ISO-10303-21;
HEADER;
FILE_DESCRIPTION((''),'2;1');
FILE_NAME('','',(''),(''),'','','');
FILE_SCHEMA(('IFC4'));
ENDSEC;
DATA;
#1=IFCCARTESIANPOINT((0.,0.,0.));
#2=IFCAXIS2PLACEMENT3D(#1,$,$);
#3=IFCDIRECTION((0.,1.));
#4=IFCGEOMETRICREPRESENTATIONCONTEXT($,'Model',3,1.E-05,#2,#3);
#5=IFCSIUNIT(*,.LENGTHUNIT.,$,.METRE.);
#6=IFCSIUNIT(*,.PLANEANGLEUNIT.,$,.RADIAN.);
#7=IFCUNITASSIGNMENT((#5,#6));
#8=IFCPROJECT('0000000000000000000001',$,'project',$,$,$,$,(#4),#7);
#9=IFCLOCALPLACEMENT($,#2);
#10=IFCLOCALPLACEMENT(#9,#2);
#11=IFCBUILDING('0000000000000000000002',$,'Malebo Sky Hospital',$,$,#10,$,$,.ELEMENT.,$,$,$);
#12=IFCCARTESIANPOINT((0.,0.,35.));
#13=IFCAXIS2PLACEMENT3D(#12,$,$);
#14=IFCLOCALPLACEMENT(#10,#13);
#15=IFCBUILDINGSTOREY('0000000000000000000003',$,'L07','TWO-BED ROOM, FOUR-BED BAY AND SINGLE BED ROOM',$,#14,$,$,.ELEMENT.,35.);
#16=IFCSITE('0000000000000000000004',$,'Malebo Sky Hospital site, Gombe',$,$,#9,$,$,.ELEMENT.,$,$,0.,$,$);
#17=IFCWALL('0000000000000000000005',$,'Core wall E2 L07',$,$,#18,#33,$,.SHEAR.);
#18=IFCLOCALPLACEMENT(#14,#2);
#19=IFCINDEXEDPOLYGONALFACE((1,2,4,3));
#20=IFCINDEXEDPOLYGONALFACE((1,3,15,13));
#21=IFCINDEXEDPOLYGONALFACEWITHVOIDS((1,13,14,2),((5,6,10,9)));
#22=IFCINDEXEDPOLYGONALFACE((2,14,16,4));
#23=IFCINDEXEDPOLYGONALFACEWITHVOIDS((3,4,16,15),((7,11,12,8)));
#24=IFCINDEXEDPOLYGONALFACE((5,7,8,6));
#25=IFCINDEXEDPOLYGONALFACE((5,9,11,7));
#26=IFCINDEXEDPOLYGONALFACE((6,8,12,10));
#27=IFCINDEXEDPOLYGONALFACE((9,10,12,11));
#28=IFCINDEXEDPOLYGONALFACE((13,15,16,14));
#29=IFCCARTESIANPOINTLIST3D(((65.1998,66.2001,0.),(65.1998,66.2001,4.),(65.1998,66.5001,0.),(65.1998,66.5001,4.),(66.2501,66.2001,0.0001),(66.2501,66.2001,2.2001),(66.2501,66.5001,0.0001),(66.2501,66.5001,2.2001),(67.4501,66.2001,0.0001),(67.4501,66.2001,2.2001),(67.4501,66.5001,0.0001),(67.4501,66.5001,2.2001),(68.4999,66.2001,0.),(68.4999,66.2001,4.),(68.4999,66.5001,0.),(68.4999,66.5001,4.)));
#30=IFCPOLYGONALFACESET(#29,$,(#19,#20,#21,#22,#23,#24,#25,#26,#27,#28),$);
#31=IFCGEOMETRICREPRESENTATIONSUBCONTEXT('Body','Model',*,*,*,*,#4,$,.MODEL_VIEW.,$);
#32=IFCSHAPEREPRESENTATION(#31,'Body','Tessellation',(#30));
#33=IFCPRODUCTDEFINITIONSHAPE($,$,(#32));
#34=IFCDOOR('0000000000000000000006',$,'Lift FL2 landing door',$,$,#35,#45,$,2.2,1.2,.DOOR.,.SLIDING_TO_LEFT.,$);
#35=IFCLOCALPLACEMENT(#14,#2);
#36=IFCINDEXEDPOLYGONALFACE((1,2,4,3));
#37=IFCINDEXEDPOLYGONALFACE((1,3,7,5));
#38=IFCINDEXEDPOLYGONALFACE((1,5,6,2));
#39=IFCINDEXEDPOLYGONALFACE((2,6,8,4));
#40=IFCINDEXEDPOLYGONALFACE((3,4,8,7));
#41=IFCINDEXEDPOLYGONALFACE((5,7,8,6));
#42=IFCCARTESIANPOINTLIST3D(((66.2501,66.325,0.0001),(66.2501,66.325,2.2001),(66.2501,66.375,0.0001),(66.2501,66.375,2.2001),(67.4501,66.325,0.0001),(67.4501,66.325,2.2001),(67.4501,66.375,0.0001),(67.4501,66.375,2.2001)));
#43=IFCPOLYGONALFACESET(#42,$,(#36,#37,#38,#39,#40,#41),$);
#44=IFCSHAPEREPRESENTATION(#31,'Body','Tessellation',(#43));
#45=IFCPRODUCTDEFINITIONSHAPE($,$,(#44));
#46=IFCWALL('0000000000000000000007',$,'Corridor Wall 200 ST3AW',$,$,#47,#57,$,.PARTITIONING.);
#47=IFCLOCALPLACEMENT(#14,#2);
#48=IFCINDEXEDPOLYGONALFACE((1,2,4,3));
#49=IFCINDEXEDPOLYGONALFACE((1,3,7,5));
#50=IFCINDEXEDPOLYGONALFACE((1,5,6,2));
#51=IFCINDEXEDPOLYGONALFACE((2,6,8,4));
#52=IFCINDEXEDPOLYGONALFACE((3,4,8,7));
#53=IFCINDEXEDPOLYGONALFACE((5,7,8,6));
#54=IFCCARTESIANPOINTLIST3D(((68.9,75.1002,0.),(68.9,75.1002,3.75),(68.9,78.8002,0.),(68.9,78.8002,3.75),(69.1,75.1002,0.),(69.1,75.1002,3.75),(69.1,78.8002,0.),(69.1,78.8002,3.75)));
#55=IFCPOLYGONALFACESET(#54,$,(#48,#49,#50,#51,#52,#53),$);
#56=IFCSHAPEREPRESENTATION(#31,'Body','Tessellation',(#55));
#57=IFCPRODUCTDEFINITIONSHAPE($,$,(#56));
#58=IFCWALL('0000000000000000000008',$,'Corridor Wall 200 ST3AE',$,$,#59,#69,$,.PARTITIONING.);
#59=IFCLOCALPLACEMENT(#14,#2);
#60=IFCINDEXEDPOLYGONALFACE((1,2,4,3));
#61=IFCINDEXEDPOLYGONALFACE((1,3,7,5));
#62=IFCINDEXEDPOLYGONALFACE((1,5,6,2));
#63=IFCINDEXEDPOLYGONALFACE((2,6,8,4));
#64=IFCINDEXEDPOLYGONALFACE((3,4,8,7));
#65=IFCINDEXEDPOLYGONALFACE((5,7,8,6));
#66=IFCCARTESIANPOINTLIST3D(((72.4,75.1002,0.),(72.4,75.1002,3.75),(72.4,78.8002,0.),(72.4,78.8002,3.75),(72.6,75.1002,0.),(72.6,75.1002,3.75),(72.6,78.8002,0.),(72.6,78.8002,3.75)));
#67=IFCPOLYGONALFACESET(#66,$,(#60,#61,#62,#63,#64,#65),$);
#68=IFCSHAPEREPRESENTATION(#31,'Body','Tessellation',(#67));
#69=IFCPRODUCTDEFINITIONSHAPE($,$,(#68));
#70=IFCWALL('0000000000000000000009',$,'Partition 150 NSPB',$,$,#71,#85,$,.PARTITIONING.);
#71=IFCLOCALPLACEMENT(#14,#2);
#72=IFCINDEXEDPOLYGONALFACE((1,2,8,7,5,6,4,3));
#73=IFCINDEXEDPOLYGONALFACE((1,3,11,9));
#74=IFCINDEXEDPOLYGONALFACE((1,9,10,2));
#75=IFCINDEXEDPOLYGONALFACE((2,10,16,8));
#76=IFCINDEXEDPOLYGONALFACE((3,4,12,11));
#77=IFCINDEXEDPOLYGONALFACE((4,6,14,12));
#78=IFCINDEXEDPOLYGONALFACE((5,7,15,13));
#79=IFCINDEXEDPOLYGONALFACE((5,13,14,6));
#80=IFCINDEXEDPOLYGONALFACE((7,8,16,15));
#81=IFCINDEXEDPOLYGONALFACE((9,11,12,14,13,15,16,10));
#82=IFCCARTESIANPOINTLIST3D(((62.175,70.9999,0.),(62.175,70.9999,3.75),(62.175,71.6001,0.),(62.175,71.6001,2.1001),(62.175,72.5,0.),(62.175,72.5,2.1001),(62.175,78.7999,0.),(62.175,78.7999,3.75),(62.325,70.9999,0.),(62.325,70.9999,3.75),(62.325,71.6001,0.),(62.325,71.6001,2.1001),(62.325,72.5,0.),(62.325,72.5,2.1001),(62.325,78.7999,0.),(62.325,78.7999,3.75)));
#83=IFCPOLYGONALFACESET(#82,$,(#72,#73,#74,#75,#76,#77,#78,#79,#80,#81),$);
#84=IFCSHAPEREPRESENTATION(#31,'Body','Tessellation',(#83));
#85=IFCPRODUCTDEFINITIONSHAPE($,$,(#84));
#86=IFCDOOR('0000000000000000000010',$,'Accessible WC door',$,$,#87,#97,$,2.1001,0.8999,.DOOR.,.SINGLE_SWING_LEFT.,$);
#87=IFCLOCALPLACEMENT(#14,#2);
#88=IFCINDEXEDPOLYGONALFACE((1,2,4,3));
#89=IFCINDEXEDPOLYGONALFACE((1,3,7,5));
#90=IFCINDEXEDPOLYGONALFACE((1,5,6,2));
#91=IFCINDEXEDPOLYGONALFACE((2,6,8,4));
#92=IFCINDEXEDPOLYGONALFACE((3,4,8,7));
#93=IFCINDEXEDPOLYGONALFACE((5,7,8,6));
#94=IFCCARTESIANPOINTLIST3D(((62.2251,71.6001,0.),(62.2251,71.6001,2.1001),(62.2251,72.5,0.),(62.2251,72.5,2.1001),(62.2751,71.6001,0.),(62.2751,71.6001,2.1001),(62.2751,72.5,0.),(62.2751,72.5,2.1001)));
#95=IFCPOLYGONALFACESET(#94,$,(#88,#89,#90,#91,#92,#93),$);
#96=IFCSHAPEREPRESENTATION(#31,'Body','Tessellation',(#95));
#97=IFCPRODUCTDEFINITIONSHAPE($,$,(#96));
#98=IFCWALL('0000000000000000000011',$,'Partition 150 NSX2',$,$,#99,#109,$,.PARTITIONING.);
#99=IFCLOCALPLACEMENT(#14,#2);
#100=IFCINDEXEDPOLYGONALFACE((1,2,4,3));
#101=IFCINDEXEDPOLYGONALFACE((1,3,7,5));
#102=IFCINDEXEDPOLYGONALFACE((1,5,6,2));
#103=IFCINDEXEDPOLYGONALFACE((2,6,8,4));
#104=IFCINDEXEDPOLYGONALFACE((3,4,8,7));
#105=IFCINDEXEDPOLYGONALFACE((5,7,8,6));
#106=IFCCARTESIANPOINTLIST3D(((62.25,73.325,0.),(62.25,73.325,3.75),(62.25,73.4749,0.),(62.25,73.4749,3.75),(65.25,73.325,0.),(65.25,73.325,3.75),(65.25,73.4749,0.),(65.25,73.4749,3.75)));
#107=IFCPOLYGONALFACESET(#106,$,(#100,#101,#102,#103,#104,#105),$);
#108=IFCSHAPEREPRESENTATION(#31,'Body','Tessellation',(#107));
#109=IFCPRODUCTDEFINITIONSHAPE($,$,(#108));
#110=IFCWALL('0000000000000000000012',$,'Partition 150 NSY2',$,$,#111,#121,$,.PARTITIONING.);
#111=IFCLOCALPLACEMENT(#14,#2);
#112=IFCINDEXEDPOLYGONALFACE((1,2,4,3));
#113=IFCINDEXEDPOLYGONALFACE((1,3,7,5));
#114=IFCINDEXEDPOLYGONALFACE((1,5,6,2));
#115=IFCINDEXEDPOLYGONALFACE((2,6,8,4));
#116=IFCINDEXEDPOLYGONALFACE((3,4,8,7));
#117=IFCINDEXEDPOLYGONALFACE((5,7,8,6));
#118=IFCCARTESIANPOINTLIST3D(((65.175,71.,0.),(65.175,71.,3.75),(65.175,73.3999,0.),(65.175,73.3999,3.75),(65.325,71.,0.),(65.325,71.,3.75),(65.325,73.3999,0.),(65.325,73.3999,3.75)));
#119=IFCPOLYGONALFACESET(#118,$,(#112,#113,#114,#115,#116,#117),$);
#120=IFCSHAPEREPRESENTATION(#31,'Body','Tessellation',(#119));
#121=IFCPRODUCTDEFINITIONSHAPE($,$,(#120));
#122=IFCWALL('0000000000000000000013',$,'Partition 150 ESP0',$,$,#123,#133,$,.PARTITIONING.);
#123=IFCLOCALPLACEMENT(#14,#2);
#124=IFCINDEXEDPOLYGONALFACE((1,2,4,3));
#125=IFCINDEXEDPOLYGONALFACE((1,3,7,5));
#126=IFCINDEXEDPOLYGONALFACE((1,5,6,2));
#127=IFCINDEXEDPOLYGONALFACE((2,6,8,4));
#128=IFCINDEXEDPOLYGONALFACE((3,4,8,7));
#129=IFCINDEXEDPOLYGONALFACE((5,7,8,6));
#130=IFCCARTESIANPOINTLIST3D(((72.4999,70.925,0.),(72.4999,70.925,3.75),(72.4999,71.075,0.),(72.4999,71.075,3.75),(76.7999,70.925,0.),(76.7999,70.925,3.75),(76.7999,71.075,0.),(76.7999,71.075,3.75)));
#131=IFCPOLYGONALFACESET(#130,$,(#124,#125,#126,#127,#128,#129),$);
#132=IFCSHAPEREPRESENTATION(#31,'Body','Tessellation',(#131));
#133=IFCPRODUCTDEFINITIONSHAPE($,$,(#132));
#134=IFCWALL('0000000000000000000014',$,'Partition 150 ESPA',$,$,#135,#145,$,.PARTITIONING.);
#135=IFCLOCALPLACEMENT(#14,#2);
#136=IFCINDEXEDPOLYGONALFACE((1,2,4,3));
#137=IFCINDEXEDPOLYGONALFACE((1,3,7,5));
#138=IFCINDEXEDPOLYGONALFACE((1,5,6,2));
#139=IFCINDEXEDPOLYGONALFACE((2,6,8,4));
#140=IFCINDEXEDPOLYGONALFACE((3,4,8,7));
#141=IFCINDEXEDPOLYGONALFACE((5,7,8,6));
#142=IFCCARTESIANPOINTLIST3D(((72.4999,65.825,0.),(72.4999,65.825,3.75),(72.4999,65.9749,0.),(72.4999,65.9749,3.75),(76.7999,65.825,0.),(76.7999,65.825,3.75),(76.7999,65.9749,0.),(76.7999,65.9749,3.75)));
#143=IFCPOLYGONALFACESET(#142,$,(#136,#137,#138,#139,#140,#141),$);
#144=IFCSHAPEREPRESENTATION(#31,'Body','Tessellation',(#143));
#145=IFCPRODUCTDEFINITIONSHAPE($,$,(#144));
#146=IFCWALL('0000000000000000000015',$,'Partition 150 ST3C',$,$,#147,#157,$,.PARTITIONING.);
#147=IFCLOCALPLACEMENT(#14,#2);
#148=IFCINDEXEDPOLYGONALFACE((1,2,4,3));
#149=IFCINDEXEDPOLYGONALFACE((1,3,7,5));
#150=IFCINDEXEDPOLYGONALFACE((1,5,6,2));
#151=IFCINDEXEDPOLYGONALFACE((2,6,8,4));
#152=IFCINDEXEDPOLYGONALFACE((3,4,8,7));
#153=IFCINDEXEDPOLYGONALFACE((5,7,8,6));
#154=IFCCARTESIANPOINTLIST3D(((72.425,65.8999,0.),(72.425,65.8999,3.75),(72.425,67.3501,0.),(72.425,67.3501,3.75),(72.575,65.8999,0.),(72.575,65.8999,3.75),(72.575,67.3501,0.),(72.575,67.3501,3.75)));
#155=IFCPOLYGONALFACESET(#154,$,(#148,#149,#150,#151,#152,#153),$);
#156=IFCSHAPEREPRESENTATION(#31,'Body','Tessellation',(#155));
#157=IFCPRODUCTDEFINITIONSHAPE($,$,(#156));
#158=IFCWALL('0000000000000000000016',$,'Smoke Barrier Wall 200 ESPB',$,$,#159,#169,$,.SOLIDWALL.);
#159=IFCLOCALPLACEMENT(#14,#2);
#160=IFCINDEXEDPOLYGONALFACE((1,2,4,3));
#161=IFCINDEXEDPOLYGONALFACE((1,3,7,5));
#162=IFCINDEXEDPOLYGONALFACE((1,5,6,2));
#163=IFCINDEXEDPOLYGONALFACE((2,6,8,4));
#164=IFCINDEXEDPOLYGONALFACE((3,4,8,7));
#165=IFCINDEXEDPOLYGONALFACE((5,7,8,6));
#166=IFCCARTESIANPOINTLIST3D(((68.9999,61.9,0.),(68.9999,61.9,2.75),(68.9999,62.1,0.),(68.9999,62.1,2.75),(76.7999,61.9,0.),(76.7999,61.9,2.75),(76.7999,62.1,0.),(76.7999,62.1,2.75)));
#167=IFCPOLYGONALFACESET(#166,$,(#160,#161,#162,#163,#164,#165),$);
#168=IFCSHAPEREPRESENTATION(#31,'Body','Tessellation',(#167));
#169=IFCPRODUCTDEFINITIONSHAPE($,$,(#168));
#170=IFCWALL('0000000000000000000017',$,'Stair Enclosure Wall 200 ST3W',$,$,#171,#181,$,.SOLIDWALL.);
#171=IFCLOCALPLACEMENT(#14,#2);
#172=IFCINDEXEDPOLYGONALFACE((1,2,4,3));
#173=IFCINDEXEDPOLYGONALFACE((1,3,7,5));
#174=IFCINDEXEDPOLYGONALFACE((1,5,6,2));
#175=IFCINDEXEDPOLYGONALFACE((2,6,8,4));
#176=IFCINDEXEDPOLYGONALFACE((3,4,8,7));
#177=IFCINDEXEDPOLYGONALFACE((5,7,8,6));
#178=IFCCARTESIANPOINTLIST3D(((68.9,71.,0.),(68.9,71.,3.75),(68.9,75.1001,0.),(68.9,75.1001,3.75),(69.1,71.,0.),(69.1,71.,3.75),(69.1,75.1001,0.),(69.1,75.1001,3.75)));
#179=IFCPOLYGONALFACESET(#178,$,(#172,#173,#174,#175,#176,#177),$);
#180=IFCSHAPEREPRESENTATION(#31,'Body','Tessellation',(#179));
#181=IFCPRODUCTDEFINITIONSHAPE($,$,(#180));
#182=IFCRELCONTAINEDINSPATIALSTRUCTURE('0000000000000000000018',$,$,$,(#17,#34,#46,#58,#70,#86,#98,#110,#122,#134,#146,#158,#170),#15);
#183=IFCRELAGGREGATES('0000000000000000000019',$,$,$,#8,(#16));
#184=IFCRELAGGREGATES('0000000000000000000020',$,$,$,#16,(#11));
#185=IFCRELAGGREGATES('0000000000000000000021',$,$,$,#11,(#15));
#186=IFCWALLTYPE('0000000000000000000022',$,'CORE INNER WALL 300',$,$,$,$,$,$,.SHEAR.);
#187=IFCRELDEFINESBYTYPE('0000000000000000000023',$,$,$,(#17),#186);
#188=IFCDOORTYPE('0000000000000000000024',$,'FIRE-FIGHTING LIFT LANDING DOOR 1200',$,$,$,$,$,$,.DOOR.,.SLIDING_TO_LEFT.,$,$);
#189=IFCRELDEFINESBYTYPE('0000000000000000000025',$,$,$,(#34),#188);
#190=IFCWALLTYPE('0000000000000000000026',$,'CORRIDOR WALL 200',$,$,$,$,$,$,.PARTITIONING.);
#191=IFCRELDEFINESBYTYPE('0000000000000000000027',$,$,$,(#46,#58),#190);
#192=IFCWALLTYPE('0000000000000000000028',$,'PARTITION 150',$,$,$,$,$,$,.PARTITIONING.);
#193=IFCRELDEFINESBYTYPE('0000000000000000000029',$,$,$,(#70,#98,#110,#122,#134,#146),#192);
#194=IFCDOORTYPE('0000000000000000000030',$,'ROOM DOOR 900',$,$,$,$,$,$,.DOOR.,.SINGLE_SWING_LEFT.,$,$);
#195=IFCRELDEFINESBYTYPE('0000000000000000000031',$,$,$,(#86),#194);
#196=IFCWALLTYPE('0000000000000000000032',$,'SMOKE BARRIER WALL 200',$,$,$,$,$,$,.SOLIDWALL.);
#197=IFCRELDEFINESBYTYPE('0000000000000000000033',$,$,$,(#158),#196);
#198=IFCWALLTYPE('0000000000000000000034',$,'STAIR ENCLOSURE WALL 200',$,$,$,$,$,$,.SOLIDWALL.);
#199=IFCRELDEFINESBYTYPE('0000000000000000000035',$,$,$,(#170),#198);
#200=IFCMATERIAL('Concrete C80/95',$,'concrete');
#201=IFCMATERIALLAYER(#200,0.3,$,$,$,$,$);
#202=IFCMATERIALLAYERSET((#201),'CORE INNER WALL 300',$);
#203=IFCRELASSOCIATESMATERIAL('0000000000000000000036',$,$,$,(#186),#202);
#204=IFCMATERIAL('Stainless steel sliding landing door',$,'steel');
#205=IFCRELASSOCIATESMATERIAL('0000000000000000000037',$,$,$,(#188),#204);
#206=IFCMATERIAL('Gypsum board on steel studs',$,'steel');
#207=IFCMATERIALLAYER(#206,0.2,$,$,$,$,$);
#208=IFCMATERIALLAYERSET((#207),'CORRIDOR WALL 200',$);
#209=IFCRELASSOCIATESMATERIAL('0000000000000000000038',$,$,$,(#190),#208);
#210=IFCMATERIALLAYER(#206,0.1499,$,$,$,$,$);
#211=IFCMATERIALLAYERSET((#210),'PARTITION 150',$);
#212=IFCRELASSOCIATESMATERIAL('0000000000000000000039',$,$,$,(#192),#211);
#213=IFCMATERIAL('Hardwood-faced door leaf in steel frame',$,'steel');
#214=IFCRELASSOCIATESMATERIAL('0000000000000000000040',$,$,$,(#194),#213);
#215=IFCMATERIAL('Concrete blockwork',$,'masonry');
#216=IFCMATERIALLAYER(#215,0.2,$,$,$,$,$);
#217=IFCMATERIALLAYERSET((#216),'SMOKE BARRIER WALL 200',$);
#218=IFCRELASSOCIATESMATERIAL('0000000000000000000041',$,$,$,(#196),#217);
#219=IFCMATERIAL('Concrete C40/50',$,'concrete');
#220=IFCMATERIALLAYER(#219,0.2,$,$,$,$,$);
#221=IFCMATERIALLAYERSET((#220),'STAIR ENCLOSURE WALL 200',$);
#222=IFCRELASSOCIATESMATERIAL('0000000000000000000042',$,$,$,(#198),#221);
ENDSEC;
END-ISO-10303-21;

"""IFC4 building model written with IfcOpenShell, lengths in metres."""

from ifc_helpers import new_model, si_unit, direction, frame, frame_2d, origin, place, context, subcontext, project, spatial, rectangle, extrude, material, layer, layer_set, type_object, element, fill, save


model = new_model("IFC4")

# Units and contexts
model_context = context("Model", 3, precision=1e-05, world=origin(), true_north=direction((0.0, 1.0)))
body_context = subcontext(model_context, "Body", "Model", "MODEL_VIEW")
ifc_project = project(units=[si_unit("LENGTHUNIT", "METRE"), si_unit("PLANEANGLEUNIT", "RADIAN")], contexts=[model_context])

# Site, building, storey
site_placement = place(None, origin())
site = spatial("IfcSite", under=ifc_project, at=site_placement, Name="Malebo Sky Hospital site, Gombe", CompositionType="ELEMENT", RefElevation=0.0)
building_placement = place(site_placement, origin())
building = spatial("IfcBuilding", under=site, at=building_placement, Name="Malebo Sky Hospital", CompositionType="ELEMENT")
storey_placement = place(building_placement, frame((0.0, 0.0, 35.0)))
storey = spatial("IfcBuildingStorey", under=building, at=storey_placement, Name="L07", Description="TWO-BED ROOM, FOUR-BED BAY AND SINGLE BED ROOM", CompositionType="ELEMENT", Elevation=35.0)

# Shared definitions
ifc_material_1 = material(Name="Concrete C80/95", Category="concrete")

# Wall, opening, door
ifc_layer_1 = layer(ifc_material_1, 0.3)
ifc_layer_set_1 = layer_set([ifc_layer_1], Name="CORE INNER WALL 300")
wall_type_1 = type_object("IfcWallType", Name="CORE INNER WALL 300", PredefinedType="SHEAR", material=ifc_layer_set_1)
wall_1_placement = place(storey_placement, frame((65.2, 66.3501, 0.0), z_axis=(0.0, 0.0, 1.0), x_axis=(1.0, 0.0, 0.0)))
wall_1 = element("IfcWall", 1, at=wall_1_placement, inside=storey, type_object=wall_type_1, Name="Core wall E2 L07", PredefinedType="SHEAR", context=body_context, shape_type="SweptSolid", body=[
    extrude(rectangle(XDim=3.3, YDim=0.3, at=frame_2d((1.6499, 0.0))), origin(), (0.0, 0.0, 1.0), 4.0),
])
opening_1_placement = place(wall_1_placement, frame((1.05, 0.0, 0.0)))
opening_1 = element("IfcOpeningElement", 2, at=opening_1_placement, cuts=wall_1, PredefinedType="OPENING", context=body_context, shape_type="SweptSolid", body=[
    extrude(rectangle(XDim=1.2, YDim=2.2, at=frame_2d((0.6001, 1.1001))), frame((0.0, 0.1599, 0.0), z_axis=(0.0, -1.0, 0.0), x_axis=(1.0, 0.0, 0.0)), (0.0, 0.0, 1.0), 0.3201),
])
ifc_material_2 = material(Name="Stainless steel sliding landing door", Category="steel")
door_type_1 = type_object("IfcDoorType", Name="FIRE-FIGHTING LIFT LANDING DOOR 1200", OperationType="SLIDING_TO_LEFT", PredefinedType="DOOR", material=ifc_material_2)
door_1_placement = place(opening_1_placement, origin())
door_1 = element("IfcDoor", 3, at=door_1_placement, inside=storey, type_object=door_type_1, Name="Lift FL2 landing door", OperationType="SLIDING_TO_LEFT", OverallHeight=2.2, OverallWidth=1.2, PredefinedType="DOOR", context=body_context, shape_type="SweptSolid", body=[
    extrude(rectangle(XDim=1.2, YDim=2.2, at=frame_2d((0.6001, 1.1001))), frame((0.0, 0.0249, 0.0), z_axis=(0.0, -1.0, 0.0), x_axis=(1.0, 0.0, 0.0)), (0.0, 0.0, 1.0), 0.05),
])
fill(opening_1, door_1)

# Walls
ifc_material_3 = material(Name="Gypsum board on steel studs", Category="steel")
ifc_layer_2 = layer(ifc_material_3, 0.2)
ifc_layer_set_2 = layer_set([ifc_layer_2], Name="CORRIDOR WALL 200")
wall_type_2 = type_object("IfcWallType", Name="CORRIDOR WALL 200", PredefinedType="PARTITIONING", material=ifc_layer_set_2)
for number, where, z_axis, x_axis, name in (
    (4, (69.0, 75.1001, 0.0), (0.0, 0.0, 1.0), (0.0, 1.0, 0.0), "Corridor Wall 200 ST3AW"),
    (5, (72.5, 75.1001, 0.0), (0.0, 0.0, 1.0), (0.0, 1.0, 0.0), "Corridor Wall 200 ST3AE"),
):
    element("IfcWall", number, at=place(storey_placement, frame(where, z_axis=z_axis, x_axis=x_axis)), inside=storey, type_object=wall_type_2, Name=name, PredefinedType="PARTITIONING", context=body_context, shape_type="SweptSolid", body=[
        extrude(rectangle(XDim=3.7, YDim=0.2, at=frame_2d((1.8501, 0.0))), origin(), (0.0, 0.0, 1.0), 3.75),
    ])

# Wall, opening, door
ifc_layer_3 = layer(ifc_material_3, 0.1499)
ifc_layer_set_3 = layer_set([ifc_layer_3], Name="PARTITION 150")
wall_type_3 = type_object("IfcWallType", Name="PARTITION 150", PredefinedType="PARTITIONING", material=ifc_layer_set_3)
wall_2_placement = place(storey_placement, frame((62.25, 71.0, 0.0), z_axis=(0.0, 0.0, 1.0), x_axis=(0.0, 1.0, 0.0)))
wall_2 = element("IfcWall", 6, at=wall_2_placement, inside=storey, type_object=wall_type_3, Name="Partition 150 NSPB", PredefinedType="PARTITIONING", context=body_context, shape_type="SweptSolid", body=[
    extrude(rectangle(XDim=7.8, YDim=0.1499, at=frame_2d((3.8999, 0.0))), origin(), (0.0, 0.0, 1.0), 3.75),
])
opening_2_placement = place(wall_2_placement, frame((0.6001, 0.0, 0.0)))
opening_2 = element("IfcOpeningElement", 7, at=opening_2_placement, cuts=wall_2, PredefinedType="OPENING", context=body_context, shape_type="SweptSolid", body=[
    extrude(rectangle(XDim=0.8999, YDim=2.1001, at=frame_2d((0.45, 1.05))), frame((0.0, 0.085, 0.0), z_axis=(0.0, -1.0, 0.0), x_axis=(1.0, 0.0, 0.0)), (0.0, 0.0, 1.0), 0.1699),
])
ifc_material_4 = material(Name="Hardwood-faced door leaf in steel frame", Category="steel")
door_type_2 = type_object("IfcDoorType", Name="ROOM DOOR 900", OperationType="SINGLE_SWING_LEFT", PredefinedType="DOOR", material=ifc_material_4)
door_2_placement = place(opening_2_placement, origin())
door_2 = element("IfcDoor", 8, at=door_2_placement, inside=storey, type_object=door_type_2, Name="Accessible WC door", OperationType="SINGLE_SWING_LEFT", OverallHeight=2.1001, OverallWidth=0.8999, PredefinedType="DOOR", context=body_context, shape_type="SweptSolid", body=[
    extrude(rectangle(XDim=0.8999, YDim=2.1001, at=frame_2d((0.45, 1.05))), frame((0.0, 0.0249, 0.0), z_axis=(0.0, -1.0, 0.0), x_axis=(1.0, 0.0, 0.0)), (0.0, 0.0, 1.0), 0.05),
])
fill(opening_2, door_2)

# Walls
wall_3_placement = place(storey_placement, frame((62.25, 73.3999, 0.0), z_axis=(0.0, 0.0, 1.0), x_axis=(1.0, 0.0, 0.0)))
element("IfcWall", 9, at=wall_3_placement, inside=storey, type_object=wall_type_3, Name="Partition 150 NSX2", PredefinedType="PARTITIONING", context=body_context, shape_type="SweptSolid", body=[
    extrude(rectangle(XDim=3.0, YDim=0.1499, at=frame_2d((1.5, 0.0))), origin(), (0.0, 0.0, 1.0), 3.75),
])
wall_4_placement = place(storey_placement, frame((65.25, 71.0, 0.0), z_axis=(0.0, 0.0, 1.0), x_axis=(0.0, 1.0, 0.0)))
element("IfcWall", 10, at=wall_4_placement, inside=storey, type_object=wall_type_3, Name="Partition 150 NSY2", PredefinedType="PARTITIONING", context=body_context, shape_type="SweptSolid", body=[
    extrude(rectangle(XDim=2.3999, YDim=0.1499, at=frame_2d((1.2, 0.0))), origin(), (0.0, 0.0, 1.0), 3.75),
])
for number, where, z_axis, x_axis, name in (
    (11, (72.5, 71.0, 0.0), (0.0, 0.0, 1.0), (1.0, 0.0, 0.0), "Partition 150 ESP0"),
    (12, (72.5, 65.8999, 0.0), (0.0, 0.0, 1.0), (1.0, 0.0, 0.0), "Partition 150 ESPA"),
):
    element("IfcWall", number, at=place(storey_placement, frame(where, z_axis=z_axis, x_axis=x_axis)), inside=storey, type_object=wall_type_3, Name=name, PredefinedType="PARTITIONING", context=body_context, shape_type="SweptSolid", body=[
        extrude(rectangle(XDim=4.3, YDim=0.1499, at=frame_2d((2.1499, 0.0))), origin(), (0.0, 0.0, 1.0), 3.75),
    ])
wall_5_placement = place(storey_placement, frame((72.5, 65.8999, 0.0), z_axis=(0.0, 0.0, 1.0), x_axis=(0.0, 1.0, 0.0)))
element("IfcWall", 13, at=wall_5_placement, inside=storey, type_object=wall_type_3, Name="Partition 150 ST3C", PredefinedType="PARTITIONING", context=body_context, shape_type="SweptSolid", body=[
    extrude(rectangle(XDim=1.4502, YDim=0.1499, at=frame_2d((0.7251, 0.0))), origin(), (0.0, 0.0, 1.0), 3.75),
])
ifc_material_5 = material(Name="Concrete blockwork", Category="masonry")
ifc_layer_4 = layer(ifc_material_5, 0.2)
ifc_layer_set_4 = layer_set([ifc_layer_4], Name="SMOKE BARRIER WALL 200")
wall_type_4 = type_object("IfcWallType", Name="SMOKE BARRIER WALL 200", PredefinedType="SOLIDWALL", material=ifc_layer_set_4)
wall_6_placement = place(storey_placement, frame((69.0, 62.0, 0.0), z_axis=(0.0, 0.0, 1.0), x_axis=(1.0, 0.0, 0.0)))
element("IfcWall", 14, at=wall_6_placement, inside=storey, type_object=wall_type_4, Name="Smoke Barrier Wall 200 ESPB", PredefinedType="SOLIDWALL", context=body_context, shape_type="SweptSolid", body=[
    extrude(rectangle(XDim=7.8, YDim=0.2, at=frame_2d((3.8999, 0.0))), origin(), (0.0, 0.0, 1.0), 2.75),
])
ifc_material_6 = material(Name="Concrete C40/50", Category="concrete")
ifc_layer_5 = layer(ifc_material_6, 0.2)
ifc_layer_set_5 = layer_set([ifc_layer_5], Name="STAIR ENCLOSURE WALL 200")
wall_type_5 = type_object("IfcWallType", Name="STAIR ENCLOSURE WALL 200", PredefinedType="SOLIDWALL", material=ifc_layer_set_5)
wall_7_placement = place(storey_placement, frame((69.0, 71.0, 0.0), z_axis=(0.0, 0.0, 1.0), x_axis=(0.0, 1.0, 0.0)))
element("IfcWall", 15, at=wall_7_placement, inside=storey, type_object=wall_type_5, Name="Stair Enclosure Wall 200 ST3W", PredefinedType="SOLIDWALL", context=body_context, shape_type="SweptSolid", body=[
    extrude(rectangle(XDim=4.1001, YDim=0.2, at=frame_2d((2.05, 0.0))), origin(), (0.0, 0.0, 1.0), 3.75),
])

save(model, "model.ifc")
